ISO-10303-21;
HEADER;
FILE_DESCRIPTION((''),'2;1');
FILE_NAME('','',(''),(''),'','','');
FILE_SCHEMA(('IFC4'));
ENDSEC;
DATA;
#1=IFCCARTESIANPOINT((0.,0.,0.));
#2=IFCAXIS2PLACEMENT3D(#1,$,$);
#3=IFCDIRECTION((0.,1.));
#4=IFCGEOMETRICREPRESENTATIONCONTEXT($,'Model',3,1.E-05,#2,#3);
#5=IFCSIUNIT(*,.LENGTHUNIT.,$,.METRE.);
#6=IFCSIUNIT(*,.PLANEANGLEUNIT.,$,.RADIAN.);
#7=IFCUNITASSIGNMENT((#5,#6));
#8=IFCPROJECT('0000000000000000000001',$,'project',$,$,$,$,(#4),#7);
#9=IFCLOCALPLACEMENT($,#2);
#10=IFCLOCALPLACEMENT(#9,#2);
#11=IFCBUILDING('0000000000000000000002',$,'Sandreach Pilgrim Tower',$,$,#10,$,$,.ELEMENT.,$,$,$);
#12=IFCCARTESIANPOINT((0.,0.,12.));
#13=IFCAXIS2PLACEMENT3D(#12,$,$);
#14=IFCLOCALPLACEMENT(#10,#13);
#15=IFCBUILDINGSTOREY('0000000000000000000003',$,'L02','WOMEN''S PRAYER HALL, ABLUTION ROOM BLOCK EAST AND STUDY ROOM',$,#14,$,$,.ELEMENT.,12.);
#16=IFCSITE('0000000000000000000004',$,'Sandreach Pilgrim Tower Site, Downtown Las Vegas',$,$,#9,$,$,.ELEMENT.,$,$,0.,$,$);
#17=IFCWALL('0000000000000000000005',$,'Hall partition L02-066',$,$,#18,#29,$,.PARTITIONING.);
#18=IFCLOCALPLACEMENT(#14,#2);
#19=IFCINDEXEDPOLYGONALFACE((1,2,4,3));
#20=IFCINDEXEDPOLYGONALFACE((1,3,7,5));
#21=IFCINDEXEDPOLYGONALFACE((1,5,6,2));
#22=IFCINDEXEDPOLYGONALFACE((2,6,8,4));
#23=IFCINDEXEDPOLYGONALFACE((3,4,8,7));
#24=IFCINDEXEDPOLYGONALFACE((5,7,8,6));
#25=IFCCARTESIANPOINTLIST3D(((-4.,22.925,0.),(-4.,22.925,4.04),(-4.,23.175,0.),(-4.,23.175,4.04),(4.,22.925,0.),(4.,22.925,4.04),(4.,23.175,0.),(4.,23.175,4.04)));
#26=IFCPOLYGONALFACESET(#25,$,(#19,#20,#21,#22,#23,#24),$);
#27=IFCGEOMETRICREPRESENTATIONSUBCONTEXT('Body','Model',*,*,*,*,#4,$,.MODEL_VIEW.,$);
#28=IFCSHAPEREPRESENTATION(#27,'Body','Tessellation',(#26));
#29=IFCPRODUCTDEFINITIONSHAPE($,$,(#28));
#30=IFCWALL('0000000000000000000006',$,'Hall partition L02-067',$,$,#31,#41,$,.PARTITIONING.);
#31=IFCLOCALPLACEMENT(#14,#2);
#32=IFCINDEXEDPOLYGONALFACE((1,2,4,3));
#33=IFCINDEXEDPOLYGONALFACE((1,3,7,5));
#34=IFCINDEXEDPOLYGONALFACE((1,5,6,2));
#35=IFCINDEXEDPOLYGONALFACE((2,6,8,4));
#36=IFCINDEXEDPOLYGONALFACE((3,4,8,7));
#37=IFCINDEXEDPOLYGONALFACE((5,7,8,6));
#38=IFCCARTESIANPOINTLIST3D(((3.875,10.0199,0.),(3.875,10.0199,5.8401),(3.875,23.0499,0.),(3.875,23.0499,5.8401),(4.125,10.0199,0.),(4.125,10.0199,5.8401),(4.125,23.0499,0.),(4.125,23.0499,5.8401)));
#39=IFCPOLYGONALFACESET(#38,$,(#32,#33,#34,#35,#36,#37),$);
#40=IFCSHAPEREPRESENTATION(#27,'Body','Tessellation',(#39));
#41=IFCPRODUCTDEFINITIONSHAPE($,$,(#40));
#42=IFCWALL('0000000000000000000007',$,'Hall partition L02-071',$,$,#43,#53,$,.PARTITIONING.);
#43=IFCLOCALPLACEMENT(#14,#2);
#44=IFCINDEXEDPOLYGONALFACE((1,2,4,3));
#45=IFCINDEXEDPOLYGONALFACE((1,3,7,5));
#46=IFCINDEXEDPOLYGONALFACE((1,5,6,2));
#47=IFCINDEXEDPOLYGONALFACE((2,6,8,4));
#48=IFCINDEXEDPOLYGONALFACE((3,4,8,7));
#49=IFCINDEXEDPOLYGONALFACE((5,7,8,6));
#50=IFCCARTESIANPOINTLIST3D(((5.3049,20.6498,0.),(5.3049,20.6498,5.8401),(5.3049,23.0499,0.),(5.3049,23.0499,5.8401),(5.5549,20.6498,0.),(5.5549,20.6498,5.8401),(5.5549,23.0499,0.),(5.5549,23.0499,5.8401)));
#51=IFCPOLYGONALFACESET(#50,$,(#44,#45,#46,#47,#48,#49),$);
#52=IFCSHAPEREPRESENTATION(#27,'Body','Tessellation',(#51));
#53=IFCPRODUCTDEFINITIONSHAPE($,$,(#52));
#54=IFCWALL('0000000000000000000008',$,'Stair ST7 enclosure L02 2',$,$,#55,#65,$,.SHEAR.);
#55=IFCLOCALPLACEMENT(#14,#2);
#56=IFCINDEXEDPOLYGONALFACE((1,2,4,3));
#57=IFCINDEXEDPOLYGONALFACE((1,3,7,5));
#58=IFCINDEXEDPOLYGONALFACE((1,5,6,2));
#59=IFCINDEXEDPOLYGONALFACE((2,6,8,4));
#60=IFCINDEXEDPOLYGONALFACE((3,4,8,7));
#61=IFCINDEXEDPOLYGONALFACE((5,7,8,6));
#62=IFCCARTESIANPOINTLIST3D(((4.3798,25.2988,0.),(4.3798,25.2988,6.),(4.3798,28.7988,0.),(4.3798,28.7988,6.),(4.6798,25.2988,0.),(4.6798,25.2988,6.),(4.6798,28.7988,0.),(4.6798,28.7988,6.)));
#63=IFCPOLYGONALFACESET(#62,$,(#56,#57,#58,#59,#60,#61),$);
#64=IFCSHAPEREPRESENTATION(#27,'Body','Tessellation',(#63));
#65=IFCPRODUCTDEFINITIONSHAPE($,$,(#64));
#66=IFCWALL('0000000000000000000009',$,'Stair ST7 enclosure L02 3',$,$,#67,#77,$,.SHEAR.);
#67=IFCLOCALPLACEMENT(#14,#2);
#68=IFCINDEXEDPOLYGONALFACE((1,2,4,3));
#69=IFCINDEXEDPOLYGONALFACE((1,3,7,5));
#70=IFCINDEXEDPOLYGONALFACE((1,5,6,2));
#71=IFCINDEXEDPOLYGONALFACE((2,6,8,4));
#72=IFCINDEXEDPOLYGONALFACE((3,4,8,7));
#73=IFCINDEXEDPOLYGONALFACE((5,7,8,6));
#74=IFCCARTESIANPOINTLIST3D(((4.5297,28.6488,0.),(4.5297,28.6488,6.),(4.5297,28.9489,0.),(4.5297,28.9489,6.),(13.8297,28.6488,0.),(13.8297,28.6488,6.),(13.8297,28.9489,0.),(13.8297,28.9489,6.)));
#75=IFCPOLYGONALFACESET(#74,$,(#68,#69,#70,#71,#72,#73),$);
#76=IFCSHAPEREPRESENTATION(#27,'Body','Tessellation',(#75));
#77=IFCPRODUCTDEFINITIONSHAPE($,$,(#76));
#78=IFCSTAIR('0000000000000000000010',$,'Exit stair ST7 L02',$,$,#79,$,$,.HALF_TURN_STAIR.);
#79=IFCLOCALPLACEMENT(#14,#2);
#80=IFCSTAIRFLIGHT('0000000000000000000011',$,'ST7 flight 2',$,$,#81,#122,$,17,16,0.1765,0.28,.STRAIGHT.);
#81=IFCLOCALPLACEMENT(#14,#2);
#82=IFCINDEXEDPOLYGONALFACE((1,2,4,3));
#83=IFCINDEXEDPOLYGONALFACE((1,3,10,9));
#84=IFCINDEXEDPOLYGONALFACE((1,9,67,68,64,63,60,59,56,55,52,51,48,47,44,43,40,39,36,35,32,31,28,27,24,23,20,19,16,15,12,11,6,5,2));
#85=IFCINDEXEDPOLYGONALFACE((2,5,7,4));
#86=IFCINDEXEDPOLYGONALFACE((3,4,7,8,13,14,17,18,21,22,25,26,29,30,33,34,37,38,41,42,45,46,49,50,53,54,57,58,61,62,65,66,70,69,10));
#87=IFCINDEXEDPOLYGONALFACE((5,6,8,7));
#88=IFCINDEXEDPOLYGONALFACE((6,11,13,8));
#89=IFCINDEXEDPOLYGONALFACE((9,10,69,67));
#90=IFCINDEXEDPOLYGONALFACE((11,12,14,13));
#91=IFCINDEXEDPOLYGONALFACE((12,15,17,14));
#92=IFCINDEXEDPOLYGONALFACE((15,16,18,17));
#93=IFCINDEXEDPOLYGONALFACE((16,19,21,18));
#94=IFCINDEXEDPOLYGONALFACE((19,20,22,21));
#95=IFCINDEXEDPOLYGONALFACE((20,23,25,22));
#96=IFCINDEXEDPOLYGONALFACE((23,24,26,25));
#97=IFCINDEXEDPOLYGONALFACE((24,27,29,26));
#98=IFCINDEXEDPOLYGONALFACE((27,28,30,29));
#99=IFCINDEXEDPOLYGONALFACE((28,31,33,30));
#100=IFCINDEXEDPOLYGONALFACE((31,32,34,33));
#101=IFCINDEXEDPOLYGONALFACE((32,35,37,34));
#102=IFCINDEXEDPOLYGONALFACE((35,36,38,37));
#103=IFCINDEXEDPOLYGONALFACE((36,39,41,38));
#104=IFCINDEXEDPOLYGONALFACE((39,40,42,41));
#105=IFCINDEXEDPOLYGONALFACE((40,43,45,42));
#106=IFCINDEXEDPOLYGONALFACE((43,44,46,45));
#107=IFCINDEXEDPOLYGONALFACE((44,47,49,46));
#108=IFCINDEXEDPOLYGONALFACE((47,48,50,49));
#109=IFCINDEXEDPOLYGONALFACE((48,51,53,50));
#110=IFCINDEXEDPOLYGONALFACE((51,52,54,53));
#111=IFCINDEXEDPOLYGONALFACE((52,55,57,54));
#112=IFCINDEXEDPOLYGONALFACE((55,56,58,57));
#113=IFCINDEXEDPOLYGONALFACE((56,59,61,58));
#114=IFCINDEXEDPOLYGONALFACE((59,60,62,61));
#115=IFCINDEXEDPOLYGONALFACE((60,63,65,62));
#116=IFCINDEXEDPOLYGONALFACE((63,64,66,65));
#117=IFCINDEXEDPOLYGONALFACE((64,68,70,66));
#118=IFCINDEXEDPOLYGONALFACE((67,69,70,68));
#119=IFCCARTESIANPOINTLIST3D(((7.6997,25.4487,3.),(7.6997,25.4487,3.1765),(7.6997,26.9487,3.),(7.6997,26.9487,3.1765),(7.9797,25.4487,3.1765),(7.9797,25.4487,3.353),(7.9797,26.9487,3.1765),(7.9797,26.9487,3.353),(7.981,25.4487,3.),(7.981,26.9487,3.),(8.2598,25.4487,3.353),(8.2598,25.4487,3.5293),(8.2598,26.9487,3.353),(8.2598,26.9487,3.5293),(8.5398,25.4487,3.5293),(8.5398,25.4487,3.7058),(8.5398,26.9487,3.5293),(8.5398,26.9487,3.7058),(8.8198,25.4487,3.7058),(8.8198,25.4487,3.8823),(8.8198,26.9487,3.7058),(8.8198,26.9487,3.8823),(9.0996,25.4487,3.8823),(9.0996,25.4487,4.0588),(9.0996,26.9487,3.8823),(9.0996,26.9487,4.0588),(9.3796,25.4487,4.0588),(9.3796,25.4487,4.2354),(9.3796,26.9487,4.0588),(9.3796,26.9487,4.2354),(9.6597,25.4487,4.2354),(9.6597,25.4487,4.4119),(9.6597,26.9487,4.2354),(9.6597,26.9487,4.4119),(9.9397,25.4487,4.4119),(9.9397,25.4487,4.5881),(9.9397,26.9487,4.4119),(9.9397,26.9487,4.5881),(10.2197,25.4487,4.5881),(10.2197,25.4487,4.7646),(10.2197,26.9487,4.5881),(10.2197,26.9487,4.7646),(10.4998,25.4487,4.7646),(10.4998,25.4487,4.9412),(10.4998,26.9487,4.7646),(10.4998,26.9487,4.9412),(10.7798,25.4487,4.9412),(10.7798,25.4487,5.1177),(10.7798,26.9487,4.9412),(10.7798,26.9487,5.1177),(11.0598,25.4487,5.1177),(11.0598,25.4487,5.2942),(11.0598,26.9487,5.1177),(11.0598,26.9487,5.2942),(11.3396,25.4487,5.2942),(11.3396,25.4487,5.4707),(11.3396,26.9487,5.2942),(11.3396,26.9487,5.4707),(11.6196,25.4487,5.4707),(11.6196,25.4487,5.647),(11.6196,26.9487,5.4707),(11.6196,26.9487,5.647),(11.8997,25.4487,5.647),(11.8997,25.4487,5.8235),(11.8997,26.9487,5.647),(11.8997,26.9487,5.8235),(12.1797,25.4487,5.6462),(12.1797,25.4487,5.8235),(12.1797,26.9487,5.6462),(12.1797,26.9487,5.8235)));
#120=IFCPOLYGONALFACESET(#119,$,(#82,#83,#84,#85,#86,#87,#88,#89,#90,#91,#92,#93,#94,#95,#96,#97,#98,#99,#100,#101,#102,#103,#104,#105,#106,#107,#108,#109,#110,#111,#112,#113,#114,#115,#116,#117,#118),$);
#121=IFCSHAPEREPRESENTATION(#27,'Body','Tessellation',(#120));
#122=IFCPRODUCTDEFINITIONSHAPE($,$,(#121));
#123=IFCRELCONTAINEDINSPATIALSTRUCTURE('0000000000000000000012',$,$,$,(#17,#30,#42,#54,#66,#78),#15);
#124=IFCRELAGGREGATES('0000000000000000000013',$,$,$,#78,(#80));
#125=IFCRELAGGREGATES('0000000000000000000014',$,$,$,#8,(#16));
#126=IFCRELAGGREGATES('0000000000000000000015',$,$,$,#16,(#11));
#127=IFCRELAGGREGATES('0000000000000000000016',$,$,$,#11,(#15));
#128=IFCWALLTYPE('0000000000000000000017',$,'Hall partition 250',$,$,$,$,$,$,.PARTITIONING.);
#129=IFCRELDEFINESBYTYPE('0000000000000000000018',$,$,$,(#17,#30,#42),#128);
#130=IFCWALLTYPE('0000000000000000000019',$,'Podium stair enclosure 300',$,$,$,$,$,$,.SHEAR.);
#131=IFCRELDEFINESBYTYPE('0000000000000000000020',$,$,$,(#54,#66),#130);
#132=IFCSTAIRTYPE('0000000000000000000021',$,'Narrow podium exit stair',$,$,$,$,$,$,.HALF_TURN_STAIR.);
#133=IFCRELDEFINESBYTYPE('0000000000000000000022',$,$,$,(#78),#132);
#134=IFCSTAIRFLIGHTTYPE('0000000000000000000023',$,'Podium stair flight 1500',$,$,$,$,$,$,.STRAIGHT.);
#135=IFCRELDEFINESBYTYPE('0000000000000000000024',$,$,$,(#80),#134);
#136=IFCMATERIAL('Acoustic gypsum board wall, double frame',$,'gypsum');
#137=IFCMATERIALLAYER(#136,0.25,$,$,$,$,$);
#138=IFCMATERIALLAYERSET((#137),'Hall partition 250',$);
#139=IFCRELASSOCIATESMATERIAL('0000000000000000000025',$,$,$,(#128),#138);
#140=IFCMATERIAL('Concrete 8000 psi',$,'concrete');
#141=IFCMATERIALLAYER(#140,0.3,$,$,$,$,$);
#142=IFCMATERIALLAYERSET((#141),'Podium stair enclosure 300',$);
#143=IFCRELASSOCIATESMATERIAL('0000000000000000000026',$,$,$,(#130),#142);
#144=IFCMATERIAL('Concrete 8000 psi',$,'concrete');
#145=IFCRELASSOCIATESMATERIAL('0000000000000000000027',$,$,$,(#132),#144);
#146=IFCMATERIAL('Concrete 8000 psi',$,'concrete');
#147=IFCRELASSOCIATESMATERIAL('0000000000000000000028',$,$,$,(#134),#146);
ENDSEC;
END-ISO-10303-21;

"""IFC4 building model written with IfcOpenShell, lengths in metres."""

from ifc_helpers import new_model, si_unit, direction, frame, frame_2d, origin, place, context, subcontext, project, spatial, polyline, rectangle, outline, extrude, material, layer, layer_set, type_object, element, aggregate, save


model = new_model("IFC4")

# Units and contexts
model_context = context("Model", 3, precision=1e-05, world=origin(), true_north=direction((0.0, 1.0)))
body_context = subcontext(model_context, "Body", "Model", "MODEL_VIEW")
ifc_project = project(units=[si_unit("LENGTHUNIT", "METRE"), si_unit("PLANEANGLEUNIT", "RADIAN")], contexts=[model_context])

# Site, building, storey
site_placement = place(None, origin())
site = spatial("IfcSite", under=ifc_project, at=site_placement, Name="Sandreach Pilgrim Tower Site, Downtown Las Vegas", CompositionType="ELEMENT", RefElevation=0.0)
building_placement = place(site_placement, origin())
building = spatial("IfcBuilding", under=site, at=building_placement, Name="Sandreach Pilgrim Tower", CompositionType="ELEMENT")
storey_placement = place(building_placement, frame((0.0, 0.0, 12.0)))
storey = spatial("IfcBuildingStorey", under=building, at=storey_placement, Name="L02", Description="WOMEN'S PRAYER HALL, ABLUTION ROOM BLOCK EAST AND STUDY ROOM", CompositionType="ELEMENT", Elevation=12.0)

# Walls
ifc_material_1 = material(Name="Acoustic gypsum board wall, double frame", Category="gypsum")
ifc_layer_1 = layer(ifc_material_1, 0.25)
ifc_layer_set_1 = layer_set([ifc_layer_1], Name="Hall partition 250")
wall_type_1 = type_object("IfcWallType", Name="Hall partition 250", PredefinedType="PARTITIONING", material=ifc_layer_set_1)
wall_1_placement = place(storey_placement, frame((4.0, 23.05, 0.0), z_axis=(0.0, 0.0, 1.0), x_axis=(-1.0, 0.0, 0.0)))
element("IfcWall", 1, at=wall_1_placement, inside=storey, type_object=wall_type_1, Name="Hall partition L02-066", PredefinedType="PARTITIONING", context=body_context, shape_type="SweptSolid", body=[
    extrude(rectangle(XDim=8.0, YDim=0.25, at=frame_2d((4.0, 0.0))), origin(), (0.0, 0.0, 1.0), 4.04),
])
wall_2_placement = place(storey_placement, frame((4.0, 23.05, 0.0), z_axis=(0.0, 0.0, 1.0), x_axis=(0.0, -1.0, 0.0)))
element("IfcWall", 2, at=wall_2_placement, inside=storey, type_object=wall_type_1, Name="Hall partition L02-067", PredefinedType="PARTITIONING", context=body_context, shape_type="SweptSolid", body=[
    extrude(rectangle(XDim=13.03, YDim=0.25, at=frame_2d((6.5151, 0.0))), origin(), (0.0, 0.0, 1.0), 5.8401),
])
wall_3_placement = place(storey_placement, frame((5.4299, 23.05, 0.0), z_axis=(0.0, 0.0, 1.0), x_axis=(0.0, -1.0, 0.0)))
element("IfcWall", 3, at=wall_3_placement, inside=storey, type_object=wall_type_1, Name="Hall partition L02-071", PredefinedType="PARTITIONING", context=body_context, shape_type="SweptSolid", body=[
    extrude(rectangle(XDim=2.4001, YDim=0.25, at=frame_2d((1.2002, 0.0))), origin(), (0.0, 0.0, 1.0), 5.8401),
])
ifc_material_2 = material(Name="Concrete 8000 psi", Category="concrete")
ifc_layer_2 = layer(ifc_material_2, 0.3)
ifc_layer_set_2 = layer_set([ifc_layer_2], Name="Podium stair enclosure 300")
wall_type_2 = type_object("IfcWallType", Name="Podium stair enclosure 300", PredefinedType="SHEAR", material=ifc_layer_set_2)
wall_4_placement = place(storey_placement, frame((4.5298, 25.2988, 0.0), z_axis=(0.0, 0.0, 1.0), x_axis=(0.0, 1.0, 0.0)))
element("IfcWall", 4, at=wall_4_placement, inside=storey, type_object=wall_type_2, Name="Stair ST7 enclosure L02 2", PredefinedType="SHEAR", context=body_context, shape_type="SweptSolid", body=[
    extrude(rectangle(XDim=3.5, YDim=0.3, at=frame_2d((1.75, 0.0))), origin(), (0.0, 0.0, 1.0), 6.0),
])
wall_5_placement = place(storey_placement, frame((4.5298, 28.7988, 0.0), z_axis=(0.0, 0.0, 1.0), x_axis=(1.0, 0.0, 0.0)))
element("IfcWall", 5, at=wall_5_placement, inside=storey, type_object=wall_type_2, Name="Stair ST7 enclosure L02 3", PredefinedType="SHEAR", context=body_context, shape_type="SweptSolid", body=[
    extrude(rectangle(XDim=9.3, YDim=0.3, at=frame_2d((4.6499, 0.0))), origin(), (0.0, 0.0, 1.0), 6.0),
])

# Stair, stair flight
ifc_material_3 = material(Name="Concrete 8000 psi", Category="concrete")
stair_type = type_object("IfcStairType", Name="Narrow podium exit stair", PredefinedType="HALF_TURN_STAIR", material=ifc_material_3)
stair_placement = place(storey_placement, origin())
stair = element("IfcStair", 6, at=stair_placement, inside=storey, type_object=stair_type, Name="Exit stair ST7 L02", PredefinedType="HALF_TURN_STAIR")
ifc_material_4 = material(Name="Concrete 8000 psi", Category="concrete")
stair_flight_type = type_object("IfcStairFlightType", Name="Podium stair flight 1500", PredefinedType="STRAIGHT", material=ifc_material_4)
stair_flight_placement = place(storey_placement, frame((7.6997, 26.1987, 3.0), z_axis=(0.0, 0.0, 1.0), x_axis=(1.0, 0.0, 0.0)))
stair_flight = element("IfcStairFlight", 7, at=stair_flight_placement, type_object=stair_flight_type, Name="ST7 flight 2", NumberOfRisers=17, NumberOfTreads=16, PredefinedType="STRAIGHT", RiserHeight=0.1765, TreadLength=0.28, context=body_context, shape_type="SweptSolid", body=[
    extrude(outline(polyline([(0.0, 0.0), (0.0, 0.1765), (0.28, 0.1765), (0.28, 0.353), (0.5601, 0.353), (0.5601, 0.5293), (0.8401, 0.5293), (0.8401, 0.7058), (1.1201, 0.7058), (1.1201, 0.8823), (1.3999, 0.8823), (1.3999, 1.0588), (1.6799, 1.0588), (1.6799, 1.2354), (1.96, 1.2354), (1.96, 1.4119), (2.24, 1.4119), (2.24, 1.5881), (2.52, 1.5881), (2.52, 1.7646), (2.8, 1.7646), (2.8, 1.9412), (3.0801, 1.9412), (3.0801, 2.1177), (3.3601, 2.1177), (3.3601, 2.2942), (3.6399, 2.2942), (3.6399, 2.4707), (3.9199, 2.4707), (3.9199, 2.647), (4.2, 2.647), (4.2, 2.8235), (4.48, 2.8235), (4.48, 3.0), (4.48, 2.6462), (0.2812, 0.0), (0.0, 0.0)])), frame((0.0, 0.75, 0.0), z_axis=(0.0, -1.0, 0.0), x_axis=(1.0, 0.0, 0.0)), (0.0, 0.0, 1.0), 1.5),
])
aggregate(stair, [stair_flight])

save(model, "model.ifc")
